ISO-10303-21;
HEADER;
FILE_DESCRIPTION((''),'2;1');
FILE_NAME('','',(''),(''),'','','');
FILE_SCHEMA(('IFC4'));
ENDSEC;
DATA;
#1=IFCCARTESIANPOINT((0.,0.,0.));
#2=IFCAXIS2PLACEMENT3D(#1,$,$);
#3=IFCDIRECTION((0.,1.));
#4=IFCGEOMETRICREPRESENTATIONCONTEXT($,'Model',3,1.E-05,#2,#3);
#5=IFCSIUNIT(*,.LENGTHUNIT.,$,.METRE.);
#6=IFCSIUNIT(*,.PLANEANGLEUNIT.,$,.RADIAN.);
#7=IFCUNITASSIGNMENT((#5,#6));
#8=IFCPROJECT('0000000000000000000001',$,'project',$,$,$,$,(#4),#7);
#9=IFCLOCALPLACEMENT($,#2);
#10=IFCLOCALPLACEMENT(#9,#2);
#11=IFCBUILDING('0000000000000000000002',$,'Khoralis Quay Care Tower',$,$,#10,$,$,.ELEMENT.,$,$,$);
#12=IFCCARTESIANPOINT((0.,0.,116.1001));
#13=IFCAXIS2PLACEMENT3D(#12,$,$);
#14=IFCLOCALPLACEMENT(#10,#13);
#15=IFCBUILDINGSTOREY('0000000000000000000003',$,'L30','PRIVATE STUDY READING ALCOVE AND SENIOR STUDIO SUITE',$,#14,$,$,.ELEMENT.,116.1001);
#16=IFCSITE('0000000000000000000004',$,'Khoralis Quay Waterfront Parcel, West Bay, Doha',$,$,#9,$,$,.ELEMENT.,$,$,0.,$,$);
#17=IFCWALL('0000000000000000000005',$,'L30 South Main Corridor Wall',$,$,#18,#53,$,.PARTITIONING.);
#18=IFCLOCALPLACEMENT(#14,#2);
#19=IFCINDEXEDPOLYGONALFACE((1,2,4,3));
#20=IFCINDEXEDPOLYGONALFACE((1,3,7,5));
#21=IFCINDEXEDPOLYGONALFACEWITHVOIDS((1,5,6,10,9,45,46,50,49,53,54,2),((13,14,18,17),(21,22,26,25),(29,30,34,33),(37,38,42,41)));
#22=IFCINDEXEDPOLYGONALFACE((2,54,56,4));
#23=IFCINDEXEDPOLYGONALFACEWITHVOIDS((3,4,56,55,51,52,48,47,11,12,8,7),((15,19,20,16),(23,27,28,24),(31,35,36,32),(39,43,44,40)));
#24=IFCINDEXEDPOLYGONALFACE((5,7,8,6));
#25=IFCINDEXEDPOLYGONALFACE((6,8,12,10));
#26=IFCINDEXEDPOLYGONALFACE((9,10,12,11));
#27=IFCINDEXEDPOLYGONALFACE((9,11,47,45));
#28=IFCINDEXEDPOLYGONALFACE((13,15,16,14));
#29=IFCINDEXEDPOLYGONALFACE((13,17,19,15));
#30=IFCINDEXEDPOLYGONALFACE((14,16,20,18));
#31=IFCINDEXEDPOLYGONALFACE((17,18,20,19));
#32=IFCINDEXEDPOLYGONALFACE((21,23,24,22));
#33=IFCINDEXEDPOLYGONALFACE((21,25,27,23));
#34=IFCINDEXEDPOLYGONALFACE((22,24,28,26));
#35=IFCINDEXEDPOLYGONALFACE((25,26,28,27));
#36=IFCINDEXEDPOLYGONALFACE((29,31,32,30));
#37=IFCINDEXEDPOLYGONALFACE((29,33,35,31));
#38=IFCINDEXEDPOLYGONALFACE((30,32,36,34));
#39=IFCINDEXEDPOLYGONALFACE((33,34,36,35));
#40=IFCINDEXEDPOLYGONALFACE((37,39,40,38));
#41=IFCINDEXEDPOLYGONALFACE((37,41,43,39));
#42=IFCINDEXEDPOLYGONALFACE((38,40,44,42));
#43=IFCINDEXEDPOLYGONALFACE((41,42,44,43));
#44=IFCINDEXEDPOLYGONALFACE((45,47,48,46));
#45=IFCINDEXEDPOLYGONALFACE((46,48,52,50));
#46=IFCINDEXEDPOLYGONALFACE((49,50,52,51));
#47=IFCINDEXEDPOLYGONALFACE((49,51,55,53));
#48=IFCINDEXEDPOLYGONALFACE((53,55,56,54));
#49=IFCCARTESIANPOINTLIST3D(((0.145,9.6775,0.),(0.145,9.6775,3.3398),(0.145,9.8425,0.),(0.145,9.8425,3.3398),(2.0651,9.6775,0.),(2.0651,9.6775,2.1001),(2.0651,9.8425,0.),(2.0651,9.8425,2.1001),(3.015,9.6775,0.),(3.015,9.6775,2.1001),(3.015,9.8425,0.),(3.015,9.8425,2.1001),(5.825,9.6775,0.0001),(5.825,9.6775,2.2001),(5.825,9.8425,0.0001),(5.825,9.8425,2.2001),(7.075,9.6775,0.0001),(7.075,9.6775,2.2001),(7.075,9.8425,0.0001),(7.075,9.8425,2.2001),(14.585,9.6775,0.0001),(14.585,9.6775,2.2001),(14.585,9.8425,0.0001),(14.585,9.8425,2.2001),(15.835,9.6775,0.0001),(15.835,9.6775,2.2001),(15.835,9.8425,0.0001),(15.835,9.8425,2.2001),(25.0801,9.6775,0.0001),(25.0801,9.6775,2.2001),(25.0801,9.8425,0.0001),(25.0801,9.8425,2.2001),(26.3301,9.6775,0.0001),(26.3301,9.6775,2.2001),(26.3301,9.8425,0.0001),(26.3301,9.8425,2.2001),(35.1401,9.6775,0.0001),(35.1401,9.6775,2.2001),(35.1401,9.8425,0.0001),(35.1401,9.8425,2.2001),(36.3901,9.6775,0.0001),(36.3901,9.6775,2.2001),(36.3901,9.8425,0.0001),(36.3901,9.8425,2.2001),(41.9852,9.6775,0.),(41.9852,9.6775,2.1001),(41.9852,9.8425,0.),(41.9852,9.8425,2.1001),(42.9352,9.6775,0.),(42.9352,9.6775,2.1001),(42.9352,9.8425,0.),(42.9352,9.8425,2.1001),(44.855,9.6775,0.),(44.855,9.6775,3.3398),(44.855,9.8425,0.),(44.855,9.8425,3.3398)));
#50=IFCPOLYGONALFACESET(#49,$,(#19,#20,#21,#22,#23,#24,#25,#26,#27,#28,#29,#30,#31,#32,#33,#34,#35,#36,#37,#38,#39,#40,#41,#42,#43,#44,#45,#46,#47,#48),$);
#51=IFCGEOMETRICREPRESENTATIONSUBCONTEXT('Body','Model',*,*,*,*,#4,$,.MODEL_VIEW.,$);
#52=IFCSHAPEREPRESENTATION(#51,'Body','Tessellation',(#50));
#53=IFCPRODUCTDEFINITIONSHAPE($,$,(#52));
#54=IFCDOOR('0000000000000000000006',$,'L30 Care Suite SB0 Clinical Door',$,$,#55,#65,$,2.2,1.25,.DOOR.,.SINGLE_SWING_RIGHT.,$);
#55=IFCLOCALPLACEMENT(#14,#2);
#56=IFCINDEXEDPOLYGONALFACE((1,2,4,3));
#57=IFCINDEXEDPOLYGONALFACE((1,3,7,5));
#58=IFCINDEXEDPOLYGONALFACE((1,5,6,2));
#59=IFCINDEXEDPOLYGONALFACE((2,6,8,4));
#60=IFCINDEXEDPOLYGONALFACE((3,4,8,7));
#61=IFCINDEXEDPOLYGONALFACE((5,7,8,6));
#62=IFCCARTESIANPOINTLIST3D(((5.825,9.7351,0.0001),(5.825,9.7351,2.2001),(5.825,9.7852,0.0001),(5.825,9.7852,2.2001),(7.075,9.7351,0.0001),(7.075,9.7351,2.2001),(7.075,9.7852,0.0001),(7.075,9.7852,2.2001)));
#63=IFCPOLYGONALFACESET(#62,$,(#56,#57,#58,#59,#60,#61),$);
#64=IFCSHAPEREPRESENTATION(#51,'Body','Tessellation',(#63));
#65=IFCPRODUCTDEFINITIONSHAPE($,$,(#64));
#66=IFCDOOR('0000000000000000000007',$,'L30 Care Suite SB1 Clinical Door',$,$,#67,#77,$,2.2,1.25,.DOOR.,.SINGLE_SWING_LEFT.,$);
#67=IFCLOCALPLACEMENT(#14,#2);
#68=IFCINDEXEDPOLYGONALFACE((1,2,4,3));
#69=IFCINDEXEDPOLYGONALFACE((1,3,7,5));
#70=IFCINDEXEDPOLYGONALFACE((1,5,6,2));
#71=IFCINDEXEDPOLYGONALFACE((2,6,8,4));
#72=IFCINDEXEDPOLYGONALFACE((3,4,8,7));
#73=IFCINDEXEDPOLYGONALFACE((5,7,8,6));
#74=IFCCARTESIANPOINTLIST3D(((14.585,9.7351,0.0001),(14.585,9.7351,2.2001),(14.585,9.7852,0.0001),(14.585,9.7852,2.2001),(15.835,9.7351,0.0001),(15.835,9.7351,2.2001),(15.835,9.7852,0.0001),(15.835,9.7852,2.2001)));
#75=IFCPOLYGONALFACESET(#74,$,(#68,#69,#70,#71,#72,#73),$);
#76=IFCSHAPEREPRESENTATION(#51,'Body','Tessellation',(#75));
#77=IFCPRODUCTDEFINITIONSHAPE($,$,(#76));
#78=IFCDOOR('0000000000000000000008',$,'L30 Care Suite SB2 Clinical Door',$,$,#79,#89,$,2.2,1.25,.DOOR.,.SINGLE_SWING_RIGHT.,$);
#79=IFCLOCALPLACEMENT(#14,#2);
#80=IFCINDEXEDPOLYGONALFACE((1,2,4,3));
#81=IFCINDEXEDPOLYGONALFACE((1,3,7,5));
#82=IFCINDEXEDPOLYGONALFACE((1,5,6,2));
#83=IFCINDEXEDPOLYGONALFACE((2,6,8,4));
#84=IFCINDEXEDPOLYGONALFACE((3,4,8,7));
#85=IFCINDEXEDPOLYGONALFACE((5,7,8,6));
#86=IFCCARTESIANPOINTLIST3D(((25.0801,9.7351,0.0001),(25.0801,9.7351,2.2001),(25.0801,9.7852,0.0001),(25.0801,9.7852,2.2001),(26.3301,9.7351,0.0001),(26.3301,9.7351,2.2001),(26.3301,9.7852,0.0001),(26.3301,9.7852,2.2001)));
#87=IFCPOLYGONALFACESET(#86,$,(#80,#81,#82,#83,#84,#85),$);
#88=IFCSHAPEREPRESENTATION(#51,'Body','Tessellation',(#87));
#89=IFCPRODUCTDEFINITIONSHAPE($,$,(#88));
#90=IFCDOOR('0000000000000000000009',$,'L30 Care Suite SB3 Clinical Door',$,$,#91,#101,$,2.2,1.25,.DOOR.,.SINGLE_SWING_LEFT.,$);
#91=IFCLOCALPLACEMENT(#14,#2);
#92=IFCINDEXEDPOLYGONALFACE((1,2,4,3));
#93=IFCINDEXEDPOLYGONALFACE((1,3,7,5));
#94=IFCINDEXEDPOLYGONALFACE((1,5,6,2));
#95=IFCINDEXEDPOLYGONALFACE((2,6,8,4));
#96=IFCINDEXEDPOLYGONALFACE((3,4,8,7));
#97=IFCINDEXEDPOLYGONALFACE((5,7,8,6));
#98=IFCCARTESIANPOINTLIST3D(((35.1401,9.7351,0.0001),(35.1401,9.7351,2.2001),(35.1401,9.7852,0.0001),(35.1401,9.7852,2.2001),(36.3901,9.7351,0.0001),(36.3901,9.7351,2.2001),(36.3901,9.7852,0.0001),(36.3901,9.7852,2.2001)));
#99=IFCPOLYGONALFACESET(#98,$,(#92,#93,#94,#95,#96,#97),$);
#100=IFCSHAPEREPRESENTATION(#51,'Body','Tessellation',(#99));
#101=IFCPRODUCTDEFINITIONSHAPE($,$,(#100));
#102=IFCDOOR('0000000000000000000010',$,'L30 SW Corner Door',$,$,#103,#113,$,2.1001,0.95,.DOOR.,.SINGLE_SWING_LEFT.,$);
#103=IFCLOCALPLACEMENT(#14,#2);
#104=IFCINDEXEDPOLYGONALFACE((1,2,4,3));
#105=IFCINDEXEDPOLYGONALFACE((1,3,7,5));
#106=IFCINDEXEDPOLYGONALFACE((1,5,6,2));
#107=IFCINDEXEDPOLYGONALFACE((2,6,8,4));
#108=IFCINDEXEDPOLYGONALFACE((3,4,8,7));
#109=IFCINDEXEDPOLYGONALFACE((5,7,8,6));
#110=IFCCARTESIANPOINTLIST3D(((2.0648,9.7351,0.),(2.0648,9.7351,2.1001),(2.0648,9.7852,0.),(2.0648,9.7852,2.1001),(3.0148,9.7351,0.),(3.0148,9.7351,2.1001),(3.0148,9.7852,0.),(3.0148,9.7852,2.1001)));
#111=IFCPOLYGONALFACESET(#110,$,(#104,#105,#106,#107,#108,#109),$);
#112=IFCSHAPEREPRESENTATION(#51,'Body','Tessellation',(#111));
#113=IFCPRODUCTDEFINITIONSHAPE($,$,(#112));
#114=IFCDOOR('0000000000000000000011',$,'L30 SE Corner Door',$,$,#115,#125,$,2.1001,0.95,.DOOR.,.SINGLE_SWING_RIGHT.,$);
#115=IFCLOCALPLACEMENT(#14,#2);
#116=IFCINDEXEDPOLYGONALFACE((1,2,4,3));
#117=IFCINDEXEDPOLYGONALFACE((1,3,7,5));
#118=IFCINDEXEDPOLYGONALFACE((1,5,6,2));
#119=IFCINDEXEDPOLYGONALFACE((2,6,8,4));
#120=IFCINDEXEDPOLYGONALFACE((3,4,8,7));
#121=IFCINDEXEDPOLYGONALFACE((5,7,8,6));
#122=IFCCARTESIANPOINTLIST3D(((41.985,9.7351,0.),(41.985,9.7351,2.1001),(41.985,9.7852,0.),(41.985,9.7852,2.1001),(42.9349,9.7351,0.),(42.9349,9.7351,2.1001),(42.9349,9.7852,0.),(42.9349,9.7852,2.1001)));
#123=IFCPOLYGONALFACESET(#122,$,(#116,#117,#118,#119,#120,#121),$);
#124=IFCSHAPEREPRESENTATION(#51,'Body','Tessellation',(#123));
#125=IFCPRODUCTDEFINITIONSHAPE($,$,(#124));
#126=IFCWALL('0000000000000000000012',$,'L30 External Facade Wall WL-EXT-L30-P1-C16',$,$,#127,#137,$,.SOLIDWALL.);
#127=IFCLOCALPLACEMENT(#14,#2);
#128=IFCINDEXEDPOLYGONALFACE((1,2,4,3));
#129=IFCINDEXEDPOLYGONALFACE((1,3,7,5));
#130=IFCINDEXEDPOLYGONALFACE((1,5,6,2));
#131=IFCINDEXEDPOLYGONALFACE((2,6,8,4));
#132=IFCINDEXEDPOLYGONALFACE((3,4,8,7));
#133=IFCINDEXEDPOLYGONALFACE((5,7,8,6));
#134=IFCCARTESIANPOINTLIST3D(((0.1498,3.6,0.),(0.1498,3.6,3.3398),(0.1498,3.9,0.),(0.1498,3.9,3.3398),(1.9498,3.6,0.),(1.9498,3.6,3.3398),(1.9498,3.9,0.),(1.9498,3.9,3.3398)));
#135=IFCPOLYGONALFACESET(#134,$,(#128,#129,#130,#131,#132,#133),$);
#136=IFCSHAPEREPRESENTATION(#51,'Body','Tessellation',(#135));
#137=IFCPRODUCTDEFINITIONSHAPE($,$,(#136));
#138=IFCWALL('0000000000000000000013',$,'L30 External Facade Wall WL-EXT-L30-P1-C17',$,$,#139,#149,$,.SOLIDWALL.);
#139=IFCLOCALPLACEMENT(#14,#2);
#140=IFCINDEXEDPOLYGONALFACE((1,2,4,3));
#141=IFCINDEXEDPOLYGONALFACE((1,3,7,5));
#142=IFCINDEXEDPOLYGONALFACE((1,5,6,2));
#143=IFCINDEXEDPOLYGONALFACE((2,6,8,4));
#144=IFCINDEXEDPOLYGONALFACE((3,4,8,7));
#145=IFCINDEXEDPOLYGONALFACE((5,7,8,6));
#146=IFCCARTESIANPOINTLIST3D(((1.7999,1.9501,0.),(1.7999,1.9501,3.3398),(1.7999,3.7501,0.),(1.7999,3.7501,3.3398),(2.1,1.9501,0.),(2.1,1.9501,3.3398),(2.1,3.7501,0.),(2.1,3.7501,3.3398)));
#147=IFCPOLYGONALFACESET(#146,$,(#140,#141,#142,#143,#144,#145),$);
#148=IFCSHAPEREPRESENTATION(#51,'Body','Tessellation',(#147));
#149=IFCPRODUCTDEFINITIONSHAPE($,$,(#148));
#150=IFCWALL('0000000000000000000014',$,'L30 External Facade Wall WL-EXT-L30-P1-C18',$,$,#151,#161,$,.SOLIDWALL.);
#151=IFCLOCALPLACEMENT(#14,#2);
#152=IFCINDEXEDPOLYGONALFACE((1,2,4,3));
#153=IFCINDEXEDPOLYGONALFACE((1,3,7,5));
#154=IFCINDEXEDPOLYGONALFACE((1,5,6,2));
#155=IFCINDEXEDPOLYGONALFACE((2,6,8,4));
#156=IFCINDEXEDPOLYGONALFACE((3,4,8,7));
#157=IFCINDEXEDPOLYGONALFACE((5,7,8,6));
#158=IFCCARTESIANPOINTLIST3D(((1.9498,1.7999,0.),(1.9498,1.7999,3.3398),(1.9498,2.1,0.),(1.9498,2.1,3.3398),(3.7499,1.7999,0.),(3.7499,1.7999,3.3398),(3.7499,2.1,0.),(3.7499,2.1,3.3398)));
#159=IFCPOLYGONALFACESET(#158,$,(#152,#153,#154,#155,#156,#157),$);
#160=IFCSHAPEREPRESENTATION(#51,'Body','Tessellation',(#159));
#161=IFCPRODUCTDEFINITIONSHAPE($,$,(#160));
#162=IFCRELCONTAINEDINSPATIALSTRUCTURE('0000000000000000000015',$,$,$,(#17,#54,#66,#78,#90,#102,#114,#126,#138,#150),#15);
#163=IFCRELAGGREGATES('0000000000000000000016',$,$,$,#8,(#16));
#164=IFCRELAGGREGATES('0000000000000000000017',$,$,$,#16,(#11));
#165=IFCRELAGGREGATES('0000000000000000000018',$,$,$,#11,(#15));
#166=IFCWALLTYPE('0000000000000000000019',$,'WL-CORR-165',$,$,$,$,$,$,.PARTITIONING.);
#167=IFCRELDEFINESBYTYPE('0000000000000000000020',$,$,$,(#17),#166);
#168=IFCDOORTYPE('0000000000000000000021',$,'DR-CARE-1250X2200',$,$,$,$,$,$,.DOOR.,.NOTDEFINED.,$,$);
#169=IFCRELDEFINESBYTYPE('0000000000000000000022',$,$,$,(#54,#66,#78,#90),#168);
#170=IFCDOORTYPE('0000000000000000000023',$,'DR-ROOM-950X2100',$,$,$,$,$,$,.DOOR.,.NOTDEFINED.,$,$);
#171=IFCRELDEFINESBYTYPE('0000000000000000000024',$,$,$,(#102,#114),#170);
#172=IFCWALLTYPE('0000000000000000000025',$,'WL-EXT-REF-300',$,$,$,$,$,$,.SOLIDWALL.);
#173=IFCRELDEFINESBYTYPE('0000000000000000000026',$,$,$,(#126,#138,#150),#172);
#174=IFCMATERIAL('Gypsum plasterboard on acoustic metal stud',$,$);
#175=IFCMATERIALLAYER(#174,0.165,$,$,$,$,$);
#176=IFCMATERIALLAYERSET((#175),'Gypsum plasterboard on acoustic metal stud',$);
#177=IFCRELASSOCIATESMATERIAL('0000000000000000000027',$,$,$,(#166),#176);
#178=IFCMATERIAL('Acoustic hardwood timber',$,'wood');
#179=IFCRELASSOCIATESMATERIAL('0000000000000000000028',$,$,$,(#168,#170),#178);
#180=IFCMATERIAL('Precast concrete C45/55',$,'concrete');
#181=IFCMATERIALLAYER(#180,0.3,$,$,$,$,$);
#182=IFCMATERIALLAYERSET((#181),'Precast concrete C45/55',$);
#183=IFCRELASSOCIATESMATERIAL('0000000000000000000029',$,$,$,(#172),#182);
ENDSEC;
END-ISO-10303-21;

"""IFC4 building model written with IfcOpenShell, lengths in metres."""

from ifc_helpers import new_model, si_unit, direction, frame, frame_2d, origin, place, context, subcontext, project, spatial, rectangle, extrude, source, transform, mapped, material, layer, layer_set, type_object, element, fill, save


model = new_model("IFC4")

# Units and contexts
model_context = context("Model", 3, precision=1e-05, world=origin(), true_north=direction((0.0, 1.0)))
body_context = subcontext(model_context, "Body", "Model", "MODEL_VIEW")
ifc_project = project(units=[si_unit("LENGTHUNIT", "METRE"), si_unit("PLANEANGLEUNIT", "RADIAN")], contexts=[model_context])

# Site, building, storey
site_placement = place(None, origin())
site = spatial("IfcSite", under=ifc_project, at=site_placement, Name="Khoralis Quay Waterfront Parcel, West Bay, Doha", CompositionType="ELEMENT", RefElevation=0.0)
building_placement = place(site_placement, origin())
building = spatial("IfcBuilding", under=site, at=building_placement, Name="Khoralis Quay Care Tower", CompositionType="ELEMENT")
storey_placement = place(building_placement, frame((0.0, 0.0, 116.1001)))
storey = spatial("IfcBuildingStorey", under=building, at=storey_placement, Name="L30", Description="PRIVATE STUDY READING ALCOVE AND SENIOR STUDIO SUITE", CompositionType="ELEMENT", Elevation=116.1001)

# Wall, openings, doors
ifc_material_1 = material(Name="Gypsum plasterboard on acoustic metal stud")
ifc_layer_1 = layer(ifc_material_1, 0.165)
ifc_layer_set_1 = layer_set([ifc_layer_1], Name="Gypsum plasterboard on acoustic metal stud")
wall_type_1 = type_object("IfcWallType", Name="WL-CORR-165", PredefinedType="PARTITIONING", material=ifc_layer_set_1)
wall_1_placement = place(storey_placement, frame((0.145, 9.76, 0.0), z_axis=(0.0, 0.0, 1.0), x_axis=(1.0, 0.0, 0.0)))
wall_1 = element("IfcWall", 1, at=wall_1_placement, inside=storey, type_object=wall_type_1, Name="L30 South Main Corridor Wall", PredefinedType="PARTITIONING", context=body_context, shape_type="SweptSolid", body=[
    extrude(rectangle(XDim=44.71, YDim=0.165, at=frame_2d((22.355, 0.0))), origin(), (0.0, 0.0, 1.0), 3.3398),
])
opening_1_placement = place(wall_1_placement, frame((5.6799, 0.0, 0.0)))
opening_1 = element("IfcOpeningElement", 2, at=opening_1_placement, cuts=wall_1, PredefinedType="OPENING", context=body_context, shape_type="SweptSolid", body=[
    extrude(rectangle(XDim=1.25, YDim=2.2, at=frame_2d((0.625, 1.1001))), frame((0.0, 0.0925, 0.0), z_axis=(0.0, -1.0, 0.0), x_axis=(1.0, 0.0, 0.0)), (0.0, 0.0, 1.0), 0.1851),
])
opening_2_placement = place(wall_1_placement, frame((14.4399, 0.0, 0.0)))
opening_2 = element("IfcOpeningElement", 3, at=opening_2_placement, cuts=wall_1, PredefinedType="OPENING", context=body_context, shape_type="SweptSolid", body=[
    extrude(rectangle(XDim=1.25, YDim=2.2, at=frame_2d((0.625, 1.1001))), frame((0.0, 0.0925, 0.0), z_axis=(0.0, -1.0, 0.0), x_axis=(1.0, 0.0, 0.0)), (0.0, 0.0, 1.0), 0.1851),
])
opening_3_placement = place(wall_1_placement, frame((24.9351, 0.0, 0.0)))
opening_3 = element("IfcOpeningElement", 4, at=opening_3_placement, cuts=wall_1, PredefinedType="OPENING", context=body_context, shape_type="SweptSolid", body=[
    extrude(rectangle(XDim=1.25, YDim=2.2, at=frame_2d((0.625, 1.1001))), frame((0.0, 0.0925, 0.0), z_axis=(0.0, -1.0, 0.0), x_axis=(1.0, 0.0, 0.0)), (0.0, 0.0, 1.0), 0.1851),
])
opening_4_placement = place(wall_1_placement, frame((34.9951, 0.0, 0.0)))
opening_4 = element("IfcOpeningElement", 5, at=opening_4_placement, cuts=wall_1, PredefinedType="OPENING", context=body_context, shape_type="SweptSolid", body=[
    extrude(rectangle(XDim=1.25, YDim=2.2, at=frame_2d((0.625, 1.1001))), frame((0.0, 0.0925, 0.0), z_axis=(0.0, -1.0, 0.0), x_axis=(1.0, 0.0, 0.0)), (0.0, 0.0, 1.0), 0.1851),
])
opening_5_placement = place(wall_1_placement, frame((1.9199, 0.0, 0.0)))
opening_5 = element("IfcOpeningElement", 6, at=opening_5_placement, cuts=wall_1, PredefinedType="OPENING", context=body_context, shape_type="SweptSolid", body=[
    extrude(rectangle(XDim=0.95, YDim=2.1001, at=frame_2d((0.4751, 1.05))), frame((0.0, 0.0925, 0.0), z_axis=(0.0, -1.0, 0.0), x_axis=(1.0, 0.0, 0.0)), (0.0, 0.0, 1.0), 0.1851),
])
opening_6_placement = place(wall_1_placement, frame((41.8401, 0.0, 0.0)))
opening_6 = element("IfcOpeningElement", 7, at=opening_6_placement, cuts=wall_1, PredefinedType="OPENING", context=body_context, shape_type="SweptSolid", body=[
    extrude(rectangle(XDim=0.95, YDim=2.1001, at=frame_2d((0.4751, 1.05))), frame((0.0, 0.0925, 0.0), z_axis=(0.0, -1.0, 0.0), x_axis=(1.0, 0.0, 0.0)), (0.0, 0.0, 1.0), 0.1851),
])
ifc_material_2 = material(Name="Acoustic hardwood timber", Category="wood")
door_type_1 = type_object("IfcDoorType", Name="DR-CARE-1250X2200", OperationType="NOTDEFINED", PredefinedType="DOOR", material=ifc_material_2)
shared_shape_1 = source(origin(), body_context, "Body", "SweptSolid", [
    extrude(rectangle(XDim=1.25, YDim=2.2, at=frame_2d((0.625, 1.1001))), frame((0.0, 0.0249, 0.0), z_axis=(0.0, -1.0, 0.0), x_axis=(1.0, 0.0, 0.0)), (0.0, 0.0, 1.0), 0.05),
])
door_1_placement = place(opening_1_placement, frame((1.25, 0.0, 0.0), z_axis=(0.0, 0.0, 1.0), x_axis=(-1.0, 0.0, 0.0)))
door_1 = element("IfcDoor", 8, at=door_1_placement, inside=storey, type_object=door_type_1, Name="L30 Care Suite SB0 Clinical Door", OperationType="SINGLE_SWING_RIGHT", OverallHeight=2.2, OverallWidth=1.25, PredefinedType="DOOR", context=body_context, shape_type="MappedRepresentation", body=[
    mapped(shared_shape_1, transform((0.0, 0.0, 0.0), scale=1.0)),
])
fill(opening_1, door_1)
door_2_placement = place(opening_2_placement, frame((1.25, 0.0, 0.0), z_axis=(0.0, 0.0, 1.0), x_axis=(-1.0, 0.0, 0.0)))
door_2 = element("IfcDoor", 9, at=door_2_placement, inside=storey, type_object=door_type_1, Name="L30 Care Suite SB1 Clinical Door", OperationType="SINGLE_SWING_LEFT", OverallHeight=2.2, OverallWidth=1.25, PredefinedType="DOOR", context=body_context, shape_type="MappedRepresentation", body=[
    mapped(shared_shape_1, transform((0.0, 0.0, 0.0), scale=1.0)),
])
fill(opening_2, door_2)
door_3_placement = place(opening_3_placement, frame((1.25, 0.0, 0.0), z_axis=(0.0, 0.0, 1.0), x_axis=(-1.0, 0.0, 0.0)))
door_3 = element("IfcDoor", 10, at=door_3_placement, inside=storey, type_object=door_type_1, Name="L30 Care Suite SB2 Clinical Door", OperationType="SINGLE_SWING_RIGHT", OverallHeight=2.2, OverallWidth=1.25, PredefinedType="DOOR", context=body_context, shape_type="MappedRepresentation", body=[
    mapped(shared_shape_1, transform((0.0, 0.0, 0.0), scale=1.0)),
])
fill(opening_3, door_3)
door_4_placement = place(opening_4_placement, frame((1.25, 0.0, 0.0), z_axis=(0.0, 0.0, 1.0), x_axis=(-1.0, 0.0, 0.0)))
door_4 = element("IfcDoor", 11, at=door_4_placement, inside=storey, type_object=door_type_1, Name="L30 Care Suite SB3 Clinical Door", OperationType="SINGLE_SWING_LEFT", OverallHeight=2.2, OverallWidth=1.25, PredefinedType="DOOR", context=body_context, shape_type="MappedRepresentation", body=[
    mapped(shared_shape_1, transform((0.0, 0.0, 0.0), scale=1.0)),
])
fill(opening_4, door_4)
door_type_2 = type_object("IfcDoorType", Name="DR-ROOM-950X2100", OperationType="NOTDEFINED", PredefinedType="DOOR", material=ifc_material_2)
shared_shape_2 = source(origin(), body_context, "Body", "SweptSolid", [
    extrude(rectangle(XDim=0.95, YDim=2.1001, at=frame_2d((0.4751, 1.05))), frame((0.0, 0.0249, 0.0), z_axis=(0.0, -1.0, 0.0), x_axis=(1.0, 0.0, 0.0)), (0.0, 0.0, 1.0), 0.05),
])
door_5_placement = place(opening_5_placement, frame((0.95, 0.0, 0.0), z_axis=(0.0, 0.0, 1.0), x_axis=(-1.0, 0.0, 0.0)))
door_5 = element("IfcDoor", 12, at=door_5_placement, inside=storey, type_object=door_type_2, Name="L30 SW Corner Door", OperationType="SINGLE_SWING_LEFT", OverallHeight=2.1001, OverallWidth=0.95, PredefinedType="DOOR", context=body_context, shape_type="MappedRepresentation", body=[
    mapped(shared_shape_2, transform((0.0, 0.0, 0.0), scale=1.0)),
])
fill(opening_5, door_5)
door_6_placement = place(opening_6_placement, frame((0.95, 0.0, 0.0), z_axis=(0.0, 0.0, 1.0), x_axis=(-1.0, 0.0, 0.0)))
door_6 = element("IfcDoor", 13, at=door_6_placement, inside=storey, type_object=door_type_2, Name="L30 SE Corner Door", OperationType="SINGLE_SWING_RIGHT", OverallHeight=2.1001, OverallWidth=0.95, PredefinedType="DOOR", context=body_context, shape_type="MappedRepresentation", body=[
    mapped(shared_shape_2, transform((0.0, 0.0, 0.0), scale=1.0)),
])
fill(opening_6, door_6)

# Walls
ifc_material_3 = material(Name="Precast concrete C45/55", Category="concrete")
ifc_layer_2 = layer(ifc_material_3, 0.3)
ifc_layer_set_2 = layer_set([ifc_layer_2], Name="Precast concrete C45/55")
wall_type_2 = type_object("IfcWallType", Name="WL-EXT-REF-300", PredefinedType="SOLIDWALL", material=ifc_layer_set_2)
for number, where, z_axis, x_axis, name in (
    (14, (0.1499, 3.75, 0.0), (0.0, 0.0, 1.0), (1.0, 0.0, 0.0), "L30 External Facade Wall WL-EXT-L30-P1-C16"),
    (15, (1.95, 3.75, 0.0), (0.0, 0.0, 1.0), (0.0, -1.0, 0.0), "L30 External Facade Wall WL-EXT-L30-P1-C17"),
    (16, (1.95, 1.95, 0.0), (0.0, 0.0, 1.0), (1.0, 0.0, 0.0), "L30 External Facade Wall WL-EXT-L30-P1-C18"),
):
    element("IfcWall", number, at=place(storey_placement, frame(where, z_axis=z_axis, x_axis=x_axis)), inside=storey, type_object=wall_type_2, Name=name, PredefinedType="SOLIDWALL", context=body_context, shape_type="SweptSolid", body=[
        extrude(rectangle(XDim=1.8, YDim=0.3, at=frame_2d((0.8999, 0.0))), origin(), (0.0, 0.0, 1.0), 3.3398),
    ])

save(model, "model.ifc")
